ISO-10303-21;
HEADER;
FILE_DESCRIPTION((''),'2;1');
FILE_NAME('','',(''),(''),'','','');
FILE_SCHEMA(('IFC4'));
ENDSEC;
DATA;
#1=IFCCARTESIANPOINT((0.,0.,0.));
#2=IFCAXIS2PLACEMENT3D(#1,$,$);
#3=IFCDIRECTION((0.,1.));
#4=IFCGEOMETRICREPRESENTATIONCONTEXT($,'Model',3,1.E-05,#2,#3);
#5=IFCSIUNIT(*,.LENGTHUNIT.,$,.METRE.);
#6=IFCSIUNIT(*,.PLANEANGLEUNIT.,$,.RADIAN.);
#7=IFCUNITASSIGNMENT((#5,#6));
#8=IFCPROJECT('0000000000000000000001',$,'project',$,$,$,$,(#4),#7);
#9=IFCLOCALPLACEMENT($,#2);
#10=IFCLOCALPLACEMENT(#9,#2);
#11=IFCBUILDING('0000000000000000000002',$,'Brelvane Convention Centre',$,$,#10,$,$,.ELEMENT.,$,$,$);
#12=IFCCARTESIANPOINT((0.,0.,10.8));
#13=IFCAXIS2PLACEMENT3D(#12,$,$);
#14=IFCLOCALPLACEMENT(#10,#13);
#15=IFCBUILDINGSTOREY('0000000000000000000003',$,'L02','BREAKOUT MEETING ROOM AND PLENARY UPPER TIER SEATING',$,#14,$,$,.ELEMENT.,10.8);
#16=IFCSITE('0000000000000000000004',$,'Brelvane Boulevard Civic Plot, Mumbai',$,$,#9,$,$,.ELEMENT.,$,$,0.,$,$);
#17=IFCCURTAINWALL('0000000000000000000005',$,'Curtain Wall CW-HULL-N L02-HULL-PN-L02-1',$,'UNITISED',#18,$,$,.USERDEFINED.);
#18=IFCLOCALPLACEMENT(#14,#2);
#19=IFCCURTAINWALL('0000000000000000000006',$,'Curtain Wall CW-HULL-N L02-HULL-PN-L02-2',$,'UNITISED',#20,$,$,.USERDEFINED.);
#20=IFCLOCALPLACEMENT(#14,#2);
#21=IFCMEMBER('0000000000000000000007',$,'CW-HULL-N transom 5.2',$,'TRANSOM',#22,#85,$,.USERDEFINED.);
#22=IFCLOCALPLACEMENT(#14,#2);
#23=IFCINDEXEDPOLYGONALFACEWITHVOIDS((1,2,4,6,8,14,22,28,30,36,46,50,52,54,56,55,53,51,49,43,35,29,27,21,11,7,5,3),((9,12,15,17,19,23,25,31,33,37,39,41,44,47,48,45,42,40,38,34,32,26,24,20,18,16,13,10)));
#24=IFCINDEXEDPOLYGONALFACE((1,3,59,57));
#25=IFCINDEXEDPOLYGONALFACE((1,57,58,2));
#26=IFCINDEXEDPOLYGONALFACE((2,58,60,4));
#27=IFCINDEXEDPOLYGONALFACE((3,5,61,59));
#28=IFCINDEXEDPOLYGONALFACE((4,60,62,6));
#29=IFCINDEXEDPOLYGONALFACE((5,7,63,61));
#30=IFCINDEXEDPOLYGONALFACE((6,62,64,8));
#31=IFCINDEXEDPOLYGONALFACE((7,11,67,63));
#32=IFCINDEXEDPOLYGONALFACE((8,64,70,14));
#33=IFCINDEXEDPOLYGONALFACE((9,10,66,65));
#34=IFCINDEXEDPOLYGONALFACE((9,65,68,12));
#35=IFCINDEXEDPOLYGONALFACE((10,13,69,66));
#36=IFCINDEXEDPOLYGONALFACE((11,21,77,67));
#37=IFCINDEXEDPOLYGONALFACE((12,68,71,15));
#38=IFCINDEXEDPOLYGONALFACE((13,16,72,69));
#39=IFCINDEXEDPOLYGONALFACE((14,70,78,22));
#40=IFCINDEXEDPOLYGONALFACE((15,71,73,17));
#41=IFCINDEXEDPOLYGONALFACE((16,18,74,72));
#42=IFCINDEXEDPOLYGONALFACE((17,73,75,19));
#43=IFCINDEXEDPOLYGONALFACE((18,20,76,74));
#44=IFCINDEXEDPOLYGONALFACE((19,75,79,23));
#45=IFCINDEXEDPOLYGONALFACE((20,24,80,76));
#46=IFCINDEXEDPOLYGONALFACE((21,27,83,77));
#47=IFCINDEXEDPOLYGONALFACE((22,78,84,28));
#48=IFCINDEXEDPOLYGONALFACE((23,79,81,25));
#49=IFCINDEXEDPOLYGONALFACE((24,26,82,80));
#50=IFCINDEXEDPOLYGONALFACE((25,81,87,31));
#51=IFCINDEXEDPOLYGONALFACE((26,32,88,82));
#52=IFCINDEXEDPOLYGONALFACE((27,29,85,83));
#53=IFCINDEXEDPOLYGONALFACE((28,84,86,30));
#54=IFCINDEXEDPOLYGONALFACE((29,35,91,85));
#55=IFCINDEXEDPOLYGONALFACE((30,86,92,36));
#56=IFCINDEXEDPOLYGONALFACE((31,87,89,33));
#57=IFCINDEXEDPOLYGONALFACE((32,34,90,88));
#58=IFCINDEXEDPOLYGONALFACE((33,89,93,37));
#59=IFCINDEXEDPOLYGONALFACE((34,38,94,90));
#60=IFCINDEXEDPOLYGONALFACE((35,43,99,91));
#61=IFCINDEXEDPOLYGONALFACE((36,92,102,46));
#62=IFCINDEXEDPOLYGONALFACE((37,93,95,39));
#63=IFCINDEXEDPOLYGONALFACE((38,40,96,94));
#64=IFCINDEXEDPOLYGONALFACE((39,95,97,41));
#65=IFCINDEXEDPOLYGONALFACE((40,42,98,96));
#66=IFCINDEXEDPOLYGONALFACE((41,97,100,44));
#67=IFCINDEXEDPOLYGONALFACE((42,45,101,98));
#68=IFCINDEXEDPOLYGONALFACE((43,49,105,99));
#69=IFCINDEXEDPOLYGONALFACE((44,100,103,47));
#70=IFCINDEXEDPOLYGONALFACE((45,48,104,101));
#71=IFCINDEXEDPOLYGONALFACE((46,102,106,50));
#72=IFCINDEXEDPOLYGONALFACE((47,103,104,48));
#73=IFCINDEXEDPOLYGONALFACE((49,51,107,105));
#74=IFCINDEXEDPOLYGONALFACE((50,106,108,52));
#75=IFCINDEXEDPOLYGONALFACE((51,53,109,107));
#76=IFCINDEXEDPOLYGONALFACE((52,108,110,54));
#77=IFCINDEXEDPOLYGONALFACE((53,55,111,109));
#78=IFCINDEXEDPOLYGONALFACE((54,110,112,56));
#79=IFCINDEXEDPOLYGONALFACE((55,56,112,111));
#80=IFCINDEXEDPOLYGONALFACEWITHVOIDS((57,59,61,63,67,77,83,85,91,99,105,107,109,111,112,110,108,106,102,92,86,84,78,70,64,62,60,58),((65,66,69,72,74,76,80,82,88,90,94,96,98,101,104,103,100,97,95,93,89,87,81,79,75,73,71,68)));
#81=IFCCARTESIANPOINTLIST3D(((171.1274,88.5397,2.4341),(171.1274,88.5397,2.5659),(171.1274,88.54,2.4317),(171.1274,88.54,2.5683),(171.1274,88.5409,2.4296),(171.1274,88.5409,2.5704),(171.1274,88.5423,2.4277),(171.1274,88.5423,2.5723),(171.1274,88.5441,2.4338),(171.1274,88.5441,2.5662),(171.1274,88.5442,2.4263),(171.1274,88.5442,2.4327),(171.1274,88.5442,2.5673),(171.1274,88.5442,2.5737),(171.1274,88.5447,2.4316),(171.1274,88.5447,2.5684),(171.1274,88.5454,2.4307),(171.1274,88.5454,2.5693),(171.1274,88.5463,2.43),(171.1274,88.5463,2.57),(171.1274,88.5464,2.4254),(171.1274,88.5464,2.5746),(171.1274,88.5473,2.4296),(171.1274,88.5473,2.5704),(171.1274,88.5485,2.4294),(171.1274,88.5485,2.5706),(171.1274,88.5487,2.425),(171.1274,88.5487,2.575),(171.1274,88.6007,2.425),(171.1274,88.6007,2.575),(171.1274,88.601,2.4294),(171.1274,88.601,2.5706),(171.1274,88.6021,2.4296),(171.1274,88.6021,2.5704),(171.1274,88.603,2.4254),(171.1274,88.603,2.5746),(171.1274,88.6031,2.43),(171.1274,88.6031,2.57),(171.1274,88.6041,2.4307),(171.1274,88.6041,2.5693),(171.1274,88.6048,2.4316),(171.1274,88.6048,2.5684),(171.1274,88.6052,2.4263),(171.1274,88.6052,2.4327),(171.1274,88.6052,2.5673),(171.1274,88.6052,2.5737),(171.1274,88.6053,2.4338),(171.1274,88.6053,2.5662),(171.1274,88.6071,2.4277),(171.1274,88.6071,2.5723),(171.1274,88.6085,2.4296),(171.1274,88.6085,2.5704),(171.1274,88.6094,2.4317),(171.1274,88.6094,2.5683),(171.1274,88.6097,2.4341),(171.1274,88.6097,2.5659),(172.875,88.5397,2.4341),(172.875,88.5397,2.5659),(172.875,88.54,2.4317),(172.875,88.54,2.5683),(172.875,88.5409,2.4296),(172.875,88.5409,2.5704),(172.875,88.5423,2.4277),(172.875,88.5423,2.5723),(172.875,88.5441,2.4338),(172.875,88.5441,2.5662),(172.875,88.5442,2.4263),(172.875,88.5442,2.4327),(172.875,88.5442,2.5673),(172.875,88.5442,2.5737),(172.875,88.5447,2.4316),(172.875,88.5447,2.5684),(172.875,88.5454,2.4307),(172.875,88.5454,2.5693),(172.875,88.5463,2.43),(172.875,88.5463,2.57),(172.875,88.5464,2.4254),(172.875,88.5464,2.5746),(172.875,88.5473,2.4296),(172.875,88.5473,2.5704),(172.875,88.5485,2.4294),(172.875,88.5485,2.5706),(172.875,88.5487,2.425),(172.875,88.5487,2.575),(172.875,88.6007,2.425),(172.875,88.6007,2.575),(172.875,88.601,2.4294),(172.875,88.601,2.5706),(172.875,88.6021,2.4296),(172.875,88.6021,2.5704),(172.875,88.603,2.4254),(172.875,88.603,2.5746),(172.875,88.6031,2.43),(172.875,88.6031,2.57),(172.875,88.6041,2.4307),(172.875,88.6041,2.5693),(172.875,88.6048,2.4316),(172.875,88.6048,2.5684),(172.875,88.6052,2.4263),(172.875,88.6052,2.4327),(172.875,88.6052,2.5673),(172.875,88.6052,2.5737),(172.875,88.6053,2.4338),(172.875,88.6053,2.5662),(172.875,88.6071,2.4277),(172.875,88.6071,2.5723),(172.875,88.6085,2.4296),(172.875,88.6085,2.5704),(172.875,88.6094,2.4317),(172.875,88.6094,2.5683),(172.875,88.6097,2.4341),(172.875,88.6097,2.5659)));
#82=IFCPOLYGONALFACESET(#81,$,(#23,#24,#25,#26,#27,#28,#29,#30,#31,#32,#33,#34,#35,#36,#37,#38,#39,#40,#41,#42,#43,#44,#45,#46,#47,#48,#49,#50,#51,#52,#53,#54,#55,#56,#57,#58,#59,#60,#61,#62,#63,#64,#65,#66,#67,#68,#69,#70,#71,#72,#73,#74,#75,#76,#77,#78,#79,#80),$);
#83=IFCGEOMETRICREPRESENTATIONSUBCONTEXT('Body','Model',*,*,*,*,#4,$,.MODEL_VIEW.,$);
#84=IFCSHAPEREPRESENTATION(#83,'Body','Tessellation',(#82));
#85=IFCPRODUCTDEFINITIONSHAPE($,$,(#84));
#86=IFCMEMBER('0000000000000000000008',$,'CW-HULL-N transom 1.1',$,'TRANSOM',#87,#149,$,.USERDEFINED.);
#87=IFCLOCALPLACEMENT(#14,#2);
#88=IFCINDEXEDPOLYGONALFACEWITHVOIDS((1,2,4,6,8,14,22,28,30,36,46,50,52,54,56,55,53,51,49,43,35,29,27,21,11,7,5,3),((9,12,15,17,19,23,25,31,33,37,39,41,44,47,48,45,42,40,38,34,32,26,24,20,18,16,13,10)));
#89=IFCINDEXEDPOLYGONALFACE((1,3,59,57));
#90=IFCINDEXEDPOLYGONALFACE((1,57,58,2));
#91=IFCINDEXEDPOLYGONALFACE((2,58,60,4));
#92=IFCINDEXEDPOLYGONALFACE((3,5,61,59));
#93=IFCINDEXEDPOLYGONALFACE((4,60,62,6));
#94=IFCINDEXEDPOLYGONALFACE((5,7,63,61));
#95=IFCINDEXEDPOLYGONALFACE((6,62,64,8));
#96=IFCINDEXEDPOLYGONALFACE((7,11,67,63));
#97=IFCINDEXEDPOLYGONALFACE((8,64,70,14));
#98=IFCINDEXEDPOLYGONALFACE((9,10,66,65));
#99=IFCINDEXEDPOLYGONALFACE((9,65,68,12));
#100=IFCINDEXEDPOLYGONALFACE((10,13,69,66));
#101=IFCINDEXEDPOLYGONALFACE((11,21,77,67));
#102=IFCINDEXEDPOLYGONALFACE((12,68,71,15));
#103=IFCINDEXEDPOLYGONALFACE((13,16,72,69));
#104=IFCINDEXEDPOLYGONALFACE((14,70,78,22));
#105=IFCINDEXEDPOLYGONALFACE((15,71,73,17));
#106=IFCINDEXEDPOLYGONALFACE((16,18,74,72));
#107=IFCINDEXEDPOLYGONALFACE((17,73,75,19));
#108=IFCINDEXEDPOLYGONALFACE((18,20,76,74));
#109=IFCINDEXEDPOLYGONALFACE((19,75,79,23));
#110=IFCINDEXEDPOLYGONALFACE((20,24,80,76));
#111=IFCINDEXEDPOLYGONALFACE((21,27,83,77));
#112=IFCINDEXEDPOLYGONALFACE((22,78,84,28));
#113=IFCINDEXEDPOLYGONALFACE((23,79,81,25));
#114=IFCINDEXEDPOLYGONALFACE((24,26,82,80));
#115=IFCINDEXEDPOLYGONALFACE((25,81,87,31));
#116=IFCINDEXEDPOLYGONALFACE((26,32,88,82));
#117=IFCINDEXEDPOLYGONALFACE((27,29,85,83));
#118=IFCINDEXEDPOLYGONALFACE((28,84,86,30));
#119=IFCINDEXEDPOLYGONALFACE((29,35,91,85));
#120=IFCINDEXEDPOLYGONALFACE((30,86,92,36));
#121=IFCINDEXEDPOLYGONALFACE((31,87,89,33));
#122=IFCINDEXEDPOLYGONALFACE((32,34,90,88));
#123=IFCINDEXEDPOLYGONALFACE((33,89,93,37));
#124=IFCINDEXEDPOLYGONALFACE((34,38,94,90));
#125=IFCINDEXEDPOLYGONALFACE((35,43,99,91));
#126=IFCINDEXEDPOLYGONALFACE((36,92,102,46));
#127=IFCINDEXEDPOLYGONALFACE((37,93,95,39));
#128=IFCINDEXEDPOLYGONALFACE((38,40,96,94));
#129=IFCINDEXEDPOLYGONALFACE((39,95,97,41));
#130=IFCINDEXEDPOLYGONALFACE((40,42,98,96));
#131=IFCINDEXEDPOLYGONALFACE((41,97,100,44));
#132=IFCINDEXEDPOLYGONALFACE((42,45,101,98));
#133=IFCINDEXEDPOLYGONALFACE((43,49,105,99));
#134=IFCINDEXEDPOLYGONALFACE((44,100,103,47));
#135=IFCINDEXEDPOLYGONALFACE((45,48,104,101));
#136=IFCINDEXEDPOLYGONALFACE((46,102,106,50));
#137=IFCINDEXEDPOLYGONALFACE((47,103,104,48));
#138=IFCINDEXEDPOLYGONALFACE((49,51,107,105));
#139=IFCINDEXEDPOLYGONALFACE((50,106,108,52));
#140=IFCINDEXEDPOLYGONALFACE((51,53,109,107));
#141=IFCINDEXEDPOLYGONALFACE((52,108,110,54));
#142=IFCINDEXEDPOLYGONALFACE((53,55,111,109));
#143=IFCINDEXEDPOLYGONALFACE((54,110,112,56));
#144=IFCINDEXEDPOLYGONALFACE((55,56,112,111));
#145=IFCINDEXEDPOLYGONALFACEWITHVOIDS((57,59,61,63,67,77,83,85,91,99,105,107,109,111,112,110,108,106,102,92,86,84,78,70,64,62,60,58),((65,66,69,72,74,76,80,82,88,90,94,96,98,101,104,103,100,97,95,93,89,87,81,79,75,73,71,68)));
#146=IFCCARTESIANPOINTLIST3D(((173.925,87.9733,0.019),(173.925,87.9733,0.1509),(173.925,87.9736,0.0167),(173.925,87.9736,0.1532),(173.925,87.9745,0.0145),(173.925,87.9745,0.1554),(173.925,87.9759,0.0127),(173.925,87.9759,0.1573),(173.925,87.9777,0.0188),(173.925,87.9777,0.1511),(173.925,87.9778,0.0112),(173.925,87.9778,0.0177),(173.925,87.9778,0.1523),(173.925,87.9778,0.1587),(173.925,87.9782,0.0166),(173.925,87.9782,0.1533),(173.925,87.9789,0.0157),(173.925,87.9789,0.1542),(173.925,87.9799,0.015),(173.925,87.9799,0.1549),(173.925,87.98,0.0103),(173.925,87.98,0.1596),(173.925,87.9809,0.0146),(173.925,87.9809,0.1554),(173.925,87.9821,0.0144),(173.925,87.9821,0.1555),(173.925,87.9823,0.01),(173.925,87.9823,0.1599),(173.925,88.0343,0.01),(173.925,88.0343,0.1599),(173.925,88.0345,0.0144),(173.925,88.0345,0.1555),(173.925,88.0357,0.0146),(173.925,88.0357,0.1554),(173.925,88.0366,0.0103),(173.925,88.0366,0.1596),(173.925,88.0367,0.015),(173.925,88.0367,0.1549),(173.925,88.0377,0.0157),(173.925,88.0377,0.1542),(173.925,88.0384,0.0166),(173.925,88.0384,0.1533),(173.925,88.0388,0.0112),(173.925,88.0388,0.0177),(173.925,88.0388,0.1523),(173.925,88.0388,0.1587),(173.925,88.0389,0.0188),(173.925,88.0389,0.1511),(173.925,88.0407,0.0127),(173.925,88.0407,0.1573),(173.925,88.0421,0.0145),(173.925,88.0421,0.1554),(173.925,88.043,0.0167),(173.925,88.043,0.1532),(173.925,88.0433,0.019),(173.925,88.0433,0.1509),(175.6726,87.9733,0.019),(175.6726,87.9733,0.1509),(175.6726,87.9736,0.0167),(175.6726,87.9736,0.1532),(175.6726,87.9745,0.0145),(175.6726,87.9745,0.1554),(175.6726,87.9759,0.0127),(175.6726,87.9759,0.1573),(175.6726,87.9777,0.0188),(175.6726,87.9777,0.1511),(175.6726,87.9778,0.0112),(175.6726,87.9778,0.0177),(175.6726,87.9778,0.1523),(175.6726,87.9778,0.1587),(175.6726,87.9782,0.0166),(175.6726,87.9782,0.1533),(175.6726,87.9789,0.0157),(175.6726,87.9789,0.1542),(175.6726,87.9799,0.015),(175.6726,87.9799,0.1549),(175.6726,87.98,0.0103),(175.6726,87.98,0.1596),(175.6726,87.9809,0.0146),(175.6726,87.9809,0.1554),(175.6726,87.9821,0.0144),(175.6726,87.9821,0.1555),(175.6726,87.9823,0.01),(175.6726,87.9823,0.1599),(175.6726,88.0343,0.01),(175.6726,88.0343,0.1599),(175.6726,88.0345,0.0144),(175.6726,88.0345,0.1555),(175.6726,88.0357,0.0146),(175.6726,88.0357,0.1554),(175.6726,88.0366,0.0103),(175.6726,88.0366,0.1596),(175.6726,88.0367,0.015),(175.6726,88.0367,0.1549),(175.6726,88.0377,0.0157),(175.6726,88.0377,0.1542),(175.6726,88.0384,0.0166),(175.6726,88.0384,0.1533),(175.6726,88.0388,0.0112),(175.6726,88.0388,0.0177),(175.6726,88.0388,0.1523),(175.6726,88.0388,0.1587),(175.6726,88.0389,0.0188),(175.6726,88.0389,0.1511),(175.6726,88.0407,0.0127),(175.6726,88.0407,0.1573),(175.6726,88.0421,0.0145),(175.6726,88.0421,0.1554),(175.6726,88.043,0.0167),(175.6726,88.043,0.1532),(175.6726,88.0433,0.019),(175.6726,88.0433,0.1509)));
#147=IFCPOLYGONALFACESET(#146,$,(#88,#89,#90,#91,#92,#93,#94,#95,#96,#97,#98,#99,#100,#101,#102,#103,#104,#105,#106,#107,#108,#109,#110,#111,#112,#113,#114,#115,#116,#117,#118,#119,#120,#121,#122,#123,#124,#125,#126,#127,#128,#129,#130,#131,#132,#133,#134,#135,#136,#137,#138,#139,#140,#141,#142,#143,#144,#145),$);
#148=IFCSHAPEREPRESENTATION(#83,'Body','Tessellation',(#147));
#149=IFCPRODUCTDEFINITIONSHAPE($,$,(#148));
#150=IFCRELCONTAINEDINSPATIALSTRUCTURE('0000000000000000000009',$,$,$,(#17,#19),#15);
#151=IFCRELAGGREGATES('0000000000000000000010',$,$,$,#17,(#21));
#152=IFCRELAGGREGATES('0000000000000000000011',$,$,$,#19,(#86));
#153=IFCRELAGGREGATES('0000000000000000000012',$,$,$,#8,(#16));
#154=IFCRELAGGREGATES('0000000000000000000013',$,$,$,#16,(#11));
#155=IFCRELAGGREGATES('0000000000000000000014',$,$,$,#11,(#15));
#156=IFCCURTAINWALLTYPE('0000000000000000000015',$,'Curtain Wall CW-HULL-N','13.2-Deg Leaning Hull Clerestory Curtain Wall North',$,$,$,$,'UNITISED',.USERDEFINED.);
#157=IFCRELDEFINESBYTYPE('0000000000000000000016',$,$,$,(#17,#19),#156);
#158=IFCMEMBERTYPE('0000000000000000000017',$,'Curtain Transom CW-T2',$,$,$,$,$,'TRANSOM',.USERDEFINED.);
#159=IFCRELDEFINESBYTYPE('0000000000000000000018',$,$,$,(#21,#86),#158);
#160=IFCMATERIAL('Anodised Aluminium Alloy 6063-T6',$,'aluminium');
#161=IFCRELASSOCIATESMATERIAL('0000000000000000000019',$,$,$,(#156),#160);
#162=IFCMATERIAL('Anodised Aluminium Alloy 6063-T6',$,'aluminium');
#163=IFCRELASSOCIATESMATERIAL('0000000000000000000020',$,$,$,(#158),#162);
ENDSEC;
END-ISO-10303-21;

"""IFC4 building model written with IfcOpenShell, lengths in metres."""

from ifc_helpers import new_model, si_unit, direction, frame, origin, origin_2d, place, context, subcontext, project, spatial, hollow_rectangle, extrude, material, material_profile, profile_set, type_object, element, aggregate, save


model = new_model("IFC4")

# Units and contexts
model_context = context("Model", 3, precision=1e-05, world=origin(), true_north=direction((0.0, 1.0)))
body_context = subcontext(model_context, "Body", "Model", "MODEL_VIEW")
ifc_project = project(units=[si_unit("LENGTHUNIT", "METRE"), si_unit("PLANEANGLEUNIT", "RADIAN")], contexts=[model_context])

# Site, building, storey
site_placement = place(None, origin())
site = spatial("IfcSite", under=ifc_project, at=site_placement, Name="Brelvane Boulevard Civic Plot, Mumbai", CompositionType="ELEMENT", RefElevation=0.0)
building_placement = place(site_placement, origin())
building = spatial("IfcBuilding", under=site, at=building_placement, Name="Brelvane Convention Centre", CompositionType="ELEMENT")
storey_placement = place(building_placement, frame((0.0, 0.0, 10.8)))
storey = spatial("IfcBuildingStorey", under=building, at=storey_placement, Name="L02", Description="BREAKOUT MEETING ROOM AND PLENARY UPPER TIER SEATING", CompositionType="ELEMENT", Elevation=10.8)

# Curtain wall
ifc_material_1 = material(Name="Anodised Aluminium Alloy 6063-T6", Category="aluminium")
curtain_wall_type = type_object("IfcCurtainWallType", Name="Curtain Wall CW-HULL-N", Description="13.2-Deg Leaning Hull Clerestory Curtain Wall North", ElementType="UNITISED", PredefinedType="USERDEFINED", material=ifc_material_1)
curtain_wall_1_placement = place(storey_placement, origin())
curtain_wall_1 = element("IfcCurtainWall", 1, at=curtain_wall_1_placement, inside=storey, type_object=curtain_wall_type, Name="Curtain Wall CW-HULL-N L02-HULL-PN-L02-1", ObjectType="UNITISED", PredefinedType="USERDEFINED")

# Curtain wall
curtain_wall_2_placement = place(storey_placement, origin())
curtain_wall_2 = element("IfcCurtainWall", 2, at=curtain_wall_2_placement, inside=storey, type_object=curtain_wall_type, Name="Curtain Wall CW-HULL-N L02-HULL-PN-L02-2", ObjectType="UNITISED", PredefinedType="USERDEFINED")

# Members
ifc_material_2 = material(Name="Anodised Aluminium Alloy 6063-T6", Category="aluminium")
ifc_material_profile_1 = material_profile(ifc_material_2, hollow_rectangle(XDim=0.0701, YDim=0.1499, WallThickness=0.0044, InnerFilletRadius=0.0044, OuterFilletRadius=0.009, at=origin_2d()), Name="ALU-T 150x70x4.5")
ifc_profile_set_1 = profile_set([ifc_material_profile_1], Name="Anodised Aluminium Alloy 6063-T6")
member_type_1 = type_object("IfcMemberType", Name="Curtain Transom CW-T2", ElementType="TRANSOM", PredefinedType="USERDEFINED", material=ifc_profile_set_1)
member_1_placement = place(storey_placement, frame((171.1274, 88.5747, 2.5), z_axis=(1.0, 0.0, 0.0), x_axis=(0.0, 1.0, 0.0)))
member_1 = element("IfcMember", 3, at=member_1_placement, type_object=member_type_1, Name="CW-HULL-N transom 5.2", ObjectType="TRANSOM", PredefinedType="USERDEFINED", context=body_context, shape_type="SweptSolid", body=[
    extrude(hollow_rectangle(XDim=0.0701, YDim=0.1499, WallThickness=0.0044, InnerFilletRadius=0.0044, OuterFilletRadius=0.009, at=origin_2d()), origin(), (0.0, 0.0, 1.0), 1.7476),
])
member_2_placement = place(storey_placement, frame((173.925, 88.0083, 0.085), z_axis=(1.0, 0.0, 0.0), x_axis=(0.0, 1.0, 0.0)))
member_2 = element("IfcMember", 4, at=member_2_placement, type_object=member_type_1, Name="CW-HULL-N transom 1.1", ObjectType="TRANSOM", PredefinedType="USERDEFINED", context=body_context, shape_type="SweptSolid", body=[
    extrude(hollow_rectangle(XDim=0.0701, YDim=0.1499, WallThickness=0.0044, InnerFilletRadius=0.0044, OuterFilletRadius=0.009, at=origin_2d()), origin(), (0.0, 0.0, 1.0), 1.7476),
])

aggregate(curtain_wall_1, [member_1])
aggregate(curtain_wall_2, [member_2])

save(model, "model.ifc")
